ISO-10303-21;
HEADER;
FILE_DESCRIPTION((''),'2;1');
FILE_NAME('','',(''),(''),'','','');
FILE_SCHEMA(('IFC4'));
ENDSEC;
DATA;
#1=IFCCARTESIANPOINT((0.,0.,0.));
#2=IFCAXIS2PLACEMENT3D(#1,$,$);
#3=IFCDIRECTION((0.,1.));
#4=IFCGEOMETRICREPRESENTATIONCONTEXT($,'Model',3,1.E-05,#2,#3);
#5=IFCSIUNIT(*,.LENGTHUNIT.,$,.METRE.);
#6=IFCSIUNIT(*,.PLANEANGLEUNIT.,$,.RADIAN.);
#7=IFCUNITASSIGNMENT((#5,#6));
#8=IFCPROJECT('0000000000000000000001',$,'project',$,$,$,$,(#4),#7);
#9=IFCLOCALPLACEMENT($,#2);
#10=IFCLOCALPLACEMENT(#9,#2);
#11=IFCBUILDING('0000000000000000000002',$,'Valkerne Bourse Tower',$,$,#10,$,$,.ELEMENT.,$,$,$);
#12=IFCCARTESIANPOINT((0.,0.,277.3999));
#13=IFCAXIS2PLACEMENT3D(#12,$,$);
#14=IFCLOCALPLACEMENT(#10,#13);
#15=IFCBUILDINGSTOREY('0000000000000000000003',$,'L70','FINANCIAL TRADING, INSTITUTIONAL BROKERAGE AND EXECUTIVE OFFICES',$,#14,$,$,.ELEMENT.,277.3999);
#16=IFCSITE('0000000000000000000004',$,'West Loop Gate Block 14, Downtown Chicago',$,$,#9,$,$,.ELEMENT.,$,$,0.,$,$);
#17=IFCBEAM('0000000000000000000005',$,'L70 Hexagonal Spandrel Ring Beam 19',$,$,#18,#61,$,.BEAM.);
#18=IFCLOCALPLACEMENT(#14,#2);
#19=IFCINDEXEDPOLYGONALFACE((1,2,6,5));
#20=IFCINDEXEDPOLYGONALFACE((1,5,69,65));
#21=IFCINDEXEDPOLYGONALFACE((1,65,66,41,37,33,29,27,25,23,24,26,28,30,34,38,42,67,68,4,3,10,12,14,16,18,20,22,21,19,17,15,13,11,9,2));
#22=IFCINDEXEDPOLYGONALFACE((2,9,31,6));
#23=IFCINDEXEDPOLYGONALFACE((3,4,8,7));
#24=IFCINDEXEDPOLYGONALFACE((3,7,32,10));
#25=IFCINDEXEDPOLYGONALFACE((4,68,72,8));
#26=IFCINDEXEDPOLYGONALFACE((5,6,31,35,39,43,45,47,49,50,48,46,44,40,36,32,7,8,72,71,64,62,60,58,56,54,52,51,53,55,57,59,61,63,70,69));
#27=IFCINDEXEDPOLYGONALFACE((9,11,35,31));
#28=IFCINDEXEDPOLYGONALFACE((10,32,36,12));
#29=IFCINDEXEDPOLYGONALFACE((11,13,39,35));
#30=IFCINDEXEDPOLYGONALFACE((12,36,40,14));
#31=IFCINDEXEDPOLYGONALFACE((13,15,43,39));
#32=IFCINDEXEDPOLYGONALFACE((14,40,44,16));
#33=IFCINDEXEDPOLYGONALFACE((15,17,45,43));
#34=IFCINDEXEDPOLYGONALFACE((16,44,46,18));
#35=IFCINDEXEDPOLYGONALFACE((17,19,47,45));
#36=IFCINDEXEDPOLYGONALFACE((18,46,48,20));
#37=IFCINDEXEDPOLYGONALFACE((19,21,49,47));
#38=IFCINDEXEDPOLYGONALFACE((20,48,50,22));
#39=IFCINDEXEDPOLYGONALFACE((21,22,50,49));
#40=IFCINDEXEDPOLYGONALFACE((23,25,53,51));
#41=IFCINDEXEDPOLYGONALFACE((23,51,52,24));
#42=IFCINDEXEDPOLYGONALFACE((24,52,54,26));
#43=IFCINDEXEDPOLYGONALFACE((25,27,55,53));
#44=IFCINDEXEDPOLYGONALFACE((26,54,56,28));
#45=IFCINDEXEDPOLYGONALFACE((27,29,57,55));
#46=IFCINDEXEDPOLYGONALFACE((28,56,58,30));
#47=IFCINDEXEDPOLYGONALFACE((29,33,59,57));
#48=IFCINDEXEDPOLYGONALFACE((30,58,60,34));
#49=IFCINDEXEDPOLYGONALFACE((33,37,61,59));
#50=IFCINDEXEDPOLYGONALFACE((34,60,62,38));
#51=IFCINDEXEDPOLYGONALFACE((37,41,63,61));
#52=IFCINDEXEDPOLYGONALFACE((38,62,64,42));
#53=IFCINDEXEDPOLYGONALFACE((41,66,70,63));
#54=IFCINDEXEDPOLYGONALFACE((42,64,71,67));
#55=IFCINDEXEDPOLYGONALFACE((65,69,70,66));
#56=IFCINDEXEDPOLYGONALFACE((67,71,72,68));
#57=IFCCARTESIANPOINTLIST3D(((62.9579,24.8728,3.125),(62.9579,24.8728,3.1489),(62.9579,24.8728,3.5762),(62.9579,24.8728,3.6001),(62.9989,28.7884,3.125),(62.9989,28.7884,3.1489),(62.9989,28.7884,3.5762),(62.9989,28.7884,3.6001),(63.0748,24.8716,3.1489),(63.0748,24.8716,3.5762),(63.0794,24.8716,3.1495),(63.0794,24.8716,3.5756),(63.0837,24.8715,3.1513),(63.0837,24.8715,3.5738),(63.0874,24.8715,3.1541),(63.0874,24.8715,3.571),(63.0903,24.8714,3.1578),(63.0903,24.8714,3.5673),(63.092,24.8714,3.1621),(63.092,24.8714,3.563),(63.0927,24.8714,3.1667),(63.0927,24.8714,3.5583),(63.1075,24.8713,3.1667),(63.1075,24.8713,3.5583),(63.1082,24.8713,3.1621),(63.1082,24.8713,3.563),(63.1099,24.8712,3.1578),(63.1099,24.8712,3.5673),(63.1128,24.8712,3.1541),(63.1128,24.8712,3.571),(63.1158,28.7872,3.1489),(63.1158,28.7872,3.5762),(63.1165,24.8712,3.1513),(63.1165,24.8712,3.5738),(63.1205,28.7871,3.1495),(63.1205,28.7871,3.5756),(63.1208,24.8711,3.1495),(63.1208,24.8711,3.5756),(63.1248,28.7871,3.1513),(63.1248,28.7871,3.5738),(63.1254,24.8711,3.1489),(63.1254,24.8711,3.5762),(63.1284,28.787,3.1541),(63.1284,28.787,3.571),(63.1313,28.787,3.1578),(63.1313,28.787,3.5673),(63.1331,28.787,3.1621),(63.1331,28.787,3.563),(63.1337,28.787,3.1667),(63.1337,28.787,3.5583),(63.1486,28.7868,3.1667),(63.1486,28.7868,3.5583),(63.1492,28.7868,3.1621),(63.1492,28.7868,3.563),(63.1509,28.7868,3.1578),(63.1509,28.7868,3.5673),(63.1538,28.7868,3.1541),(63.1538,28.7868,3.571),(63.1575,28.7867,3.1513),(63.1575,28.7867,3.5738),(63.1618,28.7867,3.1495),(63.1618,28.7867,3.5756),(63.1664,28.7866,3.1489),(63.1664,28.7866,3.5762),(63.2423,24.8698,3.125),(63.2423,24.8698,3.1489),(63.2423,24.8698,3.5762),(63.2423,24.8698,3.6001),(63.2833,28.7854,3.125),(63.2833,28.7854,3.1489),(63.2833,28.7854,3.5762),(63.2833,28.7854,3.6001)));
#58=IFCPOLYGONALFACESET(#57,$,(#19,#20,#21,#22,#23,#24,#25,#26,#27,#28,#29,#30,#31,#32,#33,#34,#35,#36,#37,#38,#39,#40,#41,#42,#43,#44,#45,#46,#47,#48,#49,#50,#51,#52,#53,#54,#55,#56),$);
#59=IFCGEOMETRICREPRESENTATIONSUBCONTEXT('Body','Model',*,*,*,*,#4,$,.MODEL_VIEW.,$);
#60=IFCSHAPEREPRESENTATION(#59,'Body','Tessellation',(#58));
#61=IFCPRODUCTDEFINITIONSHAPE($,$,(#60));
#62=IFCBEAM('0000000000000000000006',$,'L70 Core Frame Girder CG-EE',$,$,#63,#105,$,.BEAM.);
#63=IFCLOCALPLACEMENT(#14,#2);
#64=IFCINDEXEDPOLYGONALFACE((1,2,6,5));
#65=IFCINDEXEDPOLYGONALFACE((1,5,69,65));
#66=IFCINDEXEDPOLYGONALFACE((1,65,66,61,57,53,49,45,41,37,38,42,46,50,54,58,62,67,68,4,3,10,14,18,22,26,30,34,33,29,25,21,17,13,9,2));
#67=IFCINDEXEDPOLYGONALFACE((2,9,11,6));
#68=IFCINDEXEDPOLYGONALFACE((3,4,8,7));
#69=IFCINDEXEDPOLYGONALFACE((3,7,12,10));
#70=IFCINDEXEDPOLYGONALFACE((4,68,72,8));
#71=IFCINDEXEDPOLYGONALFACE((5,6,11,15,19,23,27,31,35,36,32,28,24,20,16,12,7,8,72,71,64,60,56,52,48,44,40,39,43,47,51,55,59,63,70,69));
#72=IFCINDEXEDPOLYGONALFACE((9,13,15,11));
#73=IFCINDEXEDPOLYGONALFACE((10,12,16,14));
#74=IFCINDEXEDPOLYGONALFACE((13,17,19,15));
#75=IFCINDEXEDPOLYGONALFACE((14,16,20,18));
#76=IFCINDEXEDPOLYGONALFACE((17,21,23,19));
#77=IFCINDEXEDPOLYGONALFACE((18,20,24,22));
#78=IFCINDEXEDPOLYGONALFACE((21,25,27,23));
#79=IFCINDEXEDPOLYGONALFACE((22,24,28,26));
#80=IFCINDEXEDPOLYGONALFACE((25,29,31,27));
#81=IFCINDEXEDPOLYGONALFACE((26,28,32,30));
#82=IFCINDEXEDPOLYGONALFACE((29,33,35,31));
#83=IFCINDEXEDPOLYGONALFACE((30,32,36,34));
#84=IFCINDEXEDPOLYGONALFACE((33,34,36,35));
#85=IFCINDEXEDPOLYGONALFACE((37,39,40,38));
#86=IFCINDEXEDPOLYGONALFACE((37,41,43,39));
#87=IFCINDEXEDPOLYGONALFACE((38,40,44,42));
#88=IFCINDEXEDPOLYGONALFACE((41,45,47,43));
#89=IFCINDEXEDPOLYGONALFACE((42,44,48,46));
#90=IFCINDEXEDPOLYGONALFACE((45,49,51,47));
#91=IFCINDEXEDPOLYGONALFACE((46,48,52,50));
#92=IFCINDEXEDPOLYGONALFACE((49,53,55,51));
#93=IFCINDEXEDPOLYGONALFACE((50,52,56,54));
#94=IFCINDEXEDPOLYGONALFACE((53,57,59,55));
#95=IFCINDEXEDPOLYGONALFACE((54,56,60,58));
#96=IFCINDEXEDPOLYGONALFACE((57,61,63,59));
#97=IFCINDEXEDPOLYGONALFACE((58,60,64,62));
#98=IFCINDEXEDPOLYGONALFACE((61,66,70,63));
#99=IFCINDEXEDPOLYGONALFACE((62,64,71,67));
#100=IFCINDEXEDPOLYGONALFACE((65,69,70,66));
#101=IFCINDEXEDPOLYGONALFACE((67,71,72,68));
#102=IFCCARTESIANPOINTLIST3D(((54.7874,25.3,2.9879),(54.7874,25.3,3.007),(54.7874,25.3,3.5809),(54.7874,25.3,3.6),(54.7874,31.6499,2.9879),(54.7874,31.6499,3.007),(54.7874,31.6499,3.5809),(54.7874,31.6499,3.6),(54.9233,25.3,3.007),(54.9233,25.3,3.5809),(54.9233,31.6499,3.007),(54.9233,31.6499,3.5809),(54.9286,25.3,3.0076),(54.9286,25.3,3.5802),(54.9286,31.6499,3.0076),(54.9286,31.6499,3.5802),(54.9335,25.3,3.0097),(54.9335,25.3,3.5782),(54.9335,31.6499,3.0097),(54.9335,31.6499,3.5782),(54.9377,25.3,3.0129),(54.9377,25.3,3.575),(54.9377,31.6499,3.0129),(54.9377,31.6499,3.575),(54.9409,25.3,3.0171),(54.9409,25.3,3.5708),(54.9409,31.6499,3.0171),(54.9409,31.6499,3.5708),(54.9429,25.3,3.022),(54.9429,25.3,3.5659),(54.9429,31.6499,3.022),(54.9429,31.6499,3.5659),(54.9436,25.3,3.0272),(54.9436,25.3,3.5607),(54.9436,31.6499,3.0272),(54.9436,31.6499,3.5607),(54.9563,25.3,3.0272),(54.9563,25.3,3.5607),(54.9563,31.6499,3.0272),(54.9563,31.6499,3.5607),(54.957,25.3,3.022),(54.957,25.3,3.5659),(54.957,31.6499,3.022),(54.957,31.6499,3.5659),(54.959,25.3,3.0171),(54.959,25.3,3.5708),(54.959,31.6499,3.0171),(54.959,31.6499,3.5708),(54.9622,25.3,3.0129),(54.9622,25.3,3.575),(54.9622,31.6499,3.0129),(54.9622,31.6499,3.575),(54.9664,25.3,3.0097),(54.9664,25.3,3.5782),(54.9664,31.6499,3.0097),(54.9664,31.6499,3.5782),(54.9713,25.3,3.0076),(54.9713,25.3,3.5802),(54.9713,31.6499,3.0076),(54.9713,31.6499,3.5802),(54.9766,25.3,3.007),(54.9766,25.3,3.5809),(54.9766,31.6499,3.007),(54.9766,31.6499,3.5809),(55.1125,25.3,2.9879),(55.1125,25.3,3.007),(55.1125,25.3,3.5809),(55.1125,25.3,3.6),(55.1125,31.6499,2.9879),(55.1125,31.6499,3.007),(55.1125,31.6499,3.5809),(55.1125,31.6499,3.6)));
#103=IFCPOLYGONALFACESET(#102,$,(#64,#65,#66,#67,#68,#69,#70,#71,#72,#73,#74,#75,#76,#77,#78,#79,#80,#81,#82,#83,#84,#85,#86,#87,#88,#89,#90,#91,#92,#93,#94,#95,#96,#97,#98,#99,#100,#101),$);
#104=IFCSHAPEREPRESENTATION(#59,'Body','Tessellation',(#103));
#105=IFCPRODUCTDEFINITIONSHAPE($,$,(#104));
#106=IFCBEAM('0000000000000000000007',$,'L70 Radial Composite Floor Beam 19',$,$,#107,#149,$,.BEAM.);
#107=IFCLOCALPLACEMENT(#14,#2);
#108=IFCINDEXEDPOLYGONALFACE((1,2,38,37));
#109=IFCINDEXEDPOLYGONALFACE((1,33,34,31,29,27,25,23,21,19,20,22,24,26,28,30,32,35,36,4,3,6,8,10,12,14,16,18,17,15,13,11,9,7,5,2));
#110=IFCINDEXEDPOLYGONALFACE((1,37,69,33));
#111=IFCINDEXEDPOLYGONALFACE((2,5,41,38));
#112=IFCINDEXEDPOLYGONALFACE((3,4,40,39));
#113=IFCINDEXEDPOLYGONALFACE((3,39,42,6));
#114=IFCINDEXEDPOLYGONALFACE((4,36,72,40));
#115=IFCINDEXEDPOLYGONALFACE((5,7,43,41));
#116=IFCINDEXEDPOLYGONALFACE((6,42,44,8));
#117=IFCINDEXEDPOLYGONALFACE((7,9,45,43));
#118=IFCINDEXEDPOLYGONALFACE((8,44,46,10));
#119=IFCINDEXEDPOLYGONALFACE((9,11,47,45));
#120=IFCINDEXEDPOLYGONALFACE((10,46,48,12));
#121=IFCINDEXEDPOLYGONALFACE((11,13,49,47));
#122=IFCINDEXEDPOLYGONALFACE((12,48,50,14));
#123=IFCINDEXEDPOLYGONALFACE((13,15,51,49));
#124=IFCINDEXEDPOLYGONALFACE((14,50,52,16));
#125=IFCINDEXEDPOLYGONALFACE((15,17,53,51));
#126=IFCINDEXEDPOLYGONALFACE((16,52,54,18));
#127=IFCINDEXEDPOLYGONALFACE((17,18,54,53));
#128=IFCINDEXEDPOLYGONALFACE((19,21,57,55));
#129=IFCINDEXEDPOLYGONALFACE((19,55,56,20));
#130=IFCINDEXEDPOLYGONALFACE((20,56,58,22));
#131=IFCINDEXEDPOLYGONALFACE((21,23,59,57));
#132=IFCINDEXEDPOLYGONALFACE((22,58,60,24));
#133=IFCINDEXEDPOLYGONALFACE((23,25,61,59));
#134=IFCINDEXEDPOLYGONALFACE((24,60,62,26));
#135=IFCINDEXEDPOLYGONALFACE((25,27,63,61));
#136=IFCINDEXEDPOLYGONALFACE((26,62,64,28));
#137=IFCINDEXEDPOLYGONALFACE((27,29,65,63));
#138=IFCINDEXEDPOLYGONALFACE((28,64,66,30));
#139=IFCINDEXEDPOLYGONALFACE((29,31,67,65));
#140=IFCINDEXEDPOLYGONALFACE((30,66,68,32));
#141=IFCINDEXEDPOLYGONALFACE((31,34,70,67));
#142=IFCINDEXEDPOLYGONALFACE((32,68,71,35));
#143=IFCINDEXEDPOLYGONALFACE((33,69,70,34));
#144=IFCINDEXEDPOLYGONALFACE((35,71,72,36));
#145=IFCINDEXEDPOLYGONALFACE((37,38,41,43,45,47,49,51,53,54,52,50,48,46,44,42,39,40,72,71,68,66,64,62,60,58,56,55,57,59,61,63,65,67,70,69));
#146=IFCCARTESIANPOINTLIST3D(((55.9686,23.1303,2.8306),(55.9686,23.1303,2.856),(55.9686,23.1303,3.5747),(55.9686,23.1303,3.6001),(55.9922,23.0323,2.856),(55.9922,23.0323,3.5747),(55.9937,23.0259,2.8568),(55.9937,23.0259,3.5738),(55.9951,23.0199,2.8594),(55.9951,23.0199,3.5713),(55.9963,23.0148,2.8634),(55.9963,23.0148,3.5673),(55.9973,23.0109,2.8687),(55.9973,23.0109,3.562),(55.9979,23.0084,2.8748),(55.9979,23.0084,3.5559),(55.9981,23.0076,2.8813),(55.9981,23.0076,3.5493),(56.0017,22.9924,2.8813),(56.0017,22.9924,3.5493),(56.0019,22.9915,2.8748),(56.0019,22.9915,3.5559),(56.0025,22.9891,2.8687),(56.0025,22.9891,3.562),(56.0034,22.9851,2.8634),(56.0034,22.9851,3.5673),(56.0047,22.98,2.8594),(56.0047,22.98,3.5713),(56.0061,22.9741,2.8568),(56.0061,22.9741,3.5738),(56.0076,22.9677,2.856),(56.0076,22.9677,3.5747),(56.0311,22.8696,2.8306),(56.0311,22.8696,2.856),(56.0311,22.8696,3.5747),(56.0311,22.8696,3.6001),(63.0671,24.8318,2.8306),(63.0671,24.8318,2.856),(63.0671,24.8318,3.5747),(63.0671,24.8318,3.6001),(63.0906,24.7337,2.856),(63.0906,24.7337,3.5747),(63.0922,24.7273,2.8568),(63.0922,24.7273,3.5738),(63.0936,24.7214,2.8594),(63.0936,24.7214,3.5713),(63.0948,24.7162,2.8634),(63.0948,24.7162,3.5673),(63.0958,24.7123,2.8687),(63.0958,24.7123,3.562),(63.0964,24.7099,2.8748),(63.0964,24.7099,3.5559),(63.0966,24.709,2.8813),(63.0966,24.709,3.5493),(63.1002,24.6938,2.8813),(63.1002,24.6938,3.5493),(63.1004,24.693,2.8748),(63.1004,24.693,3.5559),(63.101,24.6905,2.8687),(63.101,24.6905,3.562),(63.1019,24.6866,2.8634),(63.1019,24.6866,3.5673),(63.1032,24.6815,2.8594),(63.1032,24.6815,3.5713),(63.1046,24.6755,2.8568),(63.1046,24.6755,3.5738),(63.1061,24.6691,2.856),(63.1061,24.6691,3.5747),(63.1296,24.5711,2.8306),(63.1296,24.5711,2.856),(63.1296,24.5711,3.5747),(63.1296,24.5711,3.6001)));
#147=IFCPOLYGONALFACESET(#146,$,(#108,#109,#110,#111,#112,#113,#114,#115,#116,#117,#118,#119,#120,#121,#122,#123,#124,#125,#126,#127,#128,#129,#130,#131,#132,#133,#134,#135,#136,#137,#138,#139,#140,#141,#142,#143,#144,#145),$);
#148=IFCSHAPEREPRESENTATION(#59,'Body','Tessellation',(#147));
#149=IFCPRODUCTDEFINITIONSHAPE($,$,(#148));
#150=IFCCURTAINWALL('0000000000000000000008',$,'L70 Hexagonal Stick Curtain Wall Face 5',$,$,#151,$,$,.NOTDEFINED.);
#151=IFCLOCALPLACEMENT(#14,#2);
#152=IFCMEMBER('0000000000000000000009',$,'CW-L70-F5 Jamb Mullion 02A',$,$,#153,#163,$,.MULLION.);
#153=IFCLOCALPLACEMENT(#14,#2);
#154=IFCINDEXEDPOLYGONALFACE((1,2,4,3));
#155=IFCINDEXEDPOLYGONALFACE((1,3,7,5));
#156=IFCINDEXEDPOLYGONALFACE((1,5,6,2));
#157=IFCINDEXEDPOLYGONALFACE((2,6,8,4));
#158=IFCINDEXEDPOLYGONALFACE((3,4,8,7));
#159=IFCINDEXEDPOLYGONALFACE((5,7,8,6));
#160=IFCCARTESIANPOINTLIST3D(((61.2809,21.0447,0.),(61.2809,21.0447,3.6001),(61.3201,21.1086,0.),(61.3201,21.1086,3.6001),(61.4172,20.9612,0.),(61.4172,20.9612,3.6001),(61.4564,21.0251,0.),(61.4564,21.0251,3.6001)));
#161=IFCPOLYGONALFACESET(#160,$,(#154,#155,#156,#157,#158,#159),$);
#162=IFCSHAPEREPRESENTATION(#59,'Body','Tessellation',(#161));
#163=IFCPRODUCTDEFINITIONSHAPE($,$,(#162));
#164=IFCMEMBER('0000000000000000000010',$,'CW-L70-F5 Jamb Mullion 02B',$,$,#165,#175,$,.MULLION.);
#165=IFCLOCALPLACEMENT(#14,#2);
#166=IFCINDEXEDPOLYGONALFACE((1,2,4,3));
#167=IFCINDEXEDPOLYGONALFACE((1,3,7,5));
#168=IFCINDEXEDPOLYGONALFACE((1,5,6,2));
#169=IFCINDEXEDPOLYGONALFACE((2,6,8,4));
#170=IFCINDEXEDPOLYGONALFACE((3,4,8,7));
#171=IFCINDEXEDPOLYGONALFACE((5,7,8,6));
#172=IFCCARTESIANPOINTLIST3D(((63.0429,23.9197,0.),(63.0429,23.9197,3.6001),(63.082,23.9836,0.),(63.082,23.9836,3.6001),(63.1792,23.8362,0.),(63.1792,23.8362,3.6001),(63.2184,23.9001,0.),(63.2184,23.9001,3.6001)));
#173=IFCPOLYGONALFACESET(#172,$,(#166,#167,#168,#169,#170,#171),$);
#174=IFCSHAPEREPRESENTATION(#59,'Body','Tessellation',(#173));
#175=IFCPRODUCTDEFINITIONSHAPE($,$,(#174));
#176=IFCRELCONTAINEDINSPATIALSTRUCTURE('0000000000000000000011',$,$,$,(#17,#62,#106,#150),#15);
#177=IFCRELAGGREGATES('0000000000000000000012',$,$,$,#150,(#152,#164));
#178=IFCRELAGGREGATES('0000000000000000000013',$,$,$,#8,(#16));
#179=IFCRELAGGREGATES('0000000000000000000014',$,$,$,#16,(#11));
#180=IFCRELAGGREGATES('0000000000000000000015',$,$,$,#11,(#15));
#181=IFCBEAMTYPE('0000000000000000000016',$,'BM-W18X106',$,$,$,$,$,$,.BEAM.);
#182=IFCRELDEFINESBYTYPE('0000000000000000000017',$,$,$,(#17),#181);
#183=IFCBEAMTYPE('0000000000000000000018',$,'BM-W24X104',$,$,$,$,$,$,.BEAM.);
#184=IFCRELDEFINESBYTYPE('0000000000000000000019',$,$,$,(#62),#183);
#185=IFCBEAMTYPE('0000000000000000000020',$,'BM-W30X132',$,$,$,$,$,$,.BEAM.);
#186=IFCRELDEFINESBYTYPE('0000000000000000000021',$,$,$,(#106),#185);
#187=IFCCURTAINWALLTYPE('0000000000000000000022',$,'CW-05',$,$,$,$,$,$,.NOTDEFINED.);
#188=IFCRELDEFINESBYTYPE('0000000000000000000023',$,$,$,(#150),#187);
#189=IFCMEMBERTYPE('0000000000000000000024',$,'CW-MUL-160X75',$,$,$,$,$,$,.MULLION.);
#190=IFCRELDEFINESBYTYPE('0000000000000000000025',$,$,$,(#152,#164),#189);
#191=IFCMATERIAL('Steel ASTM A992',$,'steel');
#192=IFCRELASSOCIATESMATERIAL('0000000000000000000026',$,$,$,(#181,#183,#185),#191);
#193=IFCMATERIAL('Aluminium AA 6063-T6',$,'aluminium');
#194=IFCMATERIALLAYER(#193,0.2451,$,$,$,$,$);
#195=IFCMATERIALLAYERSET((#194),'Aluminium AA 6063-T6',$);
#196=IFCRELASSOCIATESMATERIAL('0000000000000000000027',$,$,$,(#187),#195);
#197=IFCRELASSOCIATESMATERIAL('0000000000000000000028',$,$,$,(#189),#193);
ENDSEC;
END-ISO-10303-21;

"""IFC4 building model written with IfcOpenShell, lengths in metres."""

from ifc_helpers import new_model, si_unit, direction, frame, origin, origin_2d, place, context, subcontext, project, spatial, rectangle, i_section, extrude, material, layer, layer_set, material_profile, profile_set, type_object, element, aggregate, save


model = new_model("IFC4")

# Units and contexts
model_context = context("Model", 3, precision=1e-05, world=origin(), true_north=direction((0.0, 1.0)))
body_context = subcontext(model_context, "Body", "Model", "MODEL_VIEW")
ifc_project = project(units=[si_unit("LENGTHUNIT", "METRE"), si_unit("PLANEANGLEUNIT", "RADIAN")], contexts=[model_context])

# Site, building, storey
site_placement = place(None, origin())
site = spatial("IfcSite", under=ifc_project, at=site_placement, Name="West Loop Gate Block 14, Downtown Chicago", CompositionType="ELEMENT", RefElevation=0.0)
building_placement = place(site_placement, origin())
building = spatial("IfcBuilding", under=site, at=building_placement, Name="Valkerne Bourse Tower", CompositionType="ELEMENT")
storey_placement = place(building_placement, frame((0.0, 0.0, 277.3999)))
storey = spatial("IfcBuildingStorey", under=building, at=storey_placement, Name="L70", Description="FINANCIAL TRADING, INSTITUTIONAL BROKERAGE AND EXECUTIVE OFFICES", CompositionType="ELEMENT", Elevation=277.3999)

# Beams
ifc_material_1 = material(Name="Steel ASTM A992", Category="steel")
ifc_material_profile_1 = material_profile(ifc_material_1, i_section(OverallWidth=0.2844, OverallDepth=0.4751, WebThickness=0.0149, FlangeThickness=0.0239, FilletRadius=0.0178, at=origin_2d()), Name="W18X106")
ifc_profile_set_1 = profile_set([ifc_material_profile_1], Name="Steel ASTM A992")
beam_type_1 = type_object("IfcBeamType", Name="BM-W18X106", PredefinedType="BEAM", material=ifc_profile_set_1)
beam_1_placement = place(storey_placement, frame((63.1001, 24.8713, 3.3625), z_axis=(0.010475, 0.999945, 0.0), x_axis=(-0.999945, 0.010475, 0.0)))
element("IfcBeam", 1, at=beam_1_placement, inside=storey, type_object=beam_type_1, Name="L70 Hexagonal Spandrel Ring Beam 19", PredefinedType="BEAM", context=body_context, shape_type="SweptSolid", body=[
    extrude(i_section(OverallWidth=0.2844, OverallDepth=0.4751, WebThickness=0.0149, FlangeThickness=0.0239, FilletRadius=0.0178, at=origin_2d()), origin(), (0.0, 0.0, 1.0), 3.9158),
])
ifc_material_profile_2 = material_profile(ifc_material_1, i_section(OverallWidth=0.3252, OverallDepth=0.6121, WebThickness=0.0127, FlangeThickness=0.019, FilletRadius=0.0203, at=origin_2d()), Name="W24X104")
ifc_profile_set_2 = profile_set([ifc_material_profile_2], Name="Steel ASTM A992")
beam_type_2 = type_object("IfcBeamType", Name="BM-W24X104", PredefinedType="BEAM", material=ifc_profile_set_2)
beam_2_placement = place(storey_placement, frame((54.95, 25.3, 3.2939), z_axis=(0.0, 1.0, 0.0), x_axis=(-1.0, 0.0, 0.0)))
element("IfcBeam", 2, at=beam_2_placement, inside=storey, type_object=beam_type_2, Name="L70 Core Frame Girder CG-EE", PredefinedType="BEAM", context=body_context, shape_type="SweptSolid", body=[
    extrude(i_section(OverallWidth=0.3252, OverallDepth=0.6121, WebThickness=0.0127, FlangeThickness=0.019, FilletRadius=0.0203, at=origin_2d()), origin(), (0.0, 0.0, 1.0), 6.3499),
])
ifc_material_profile_3 = material_profile(ifc_material_1, i_section(OverallWidth=0.2681, OverallDepth=0.7695, WebThickness=0.0156, FlangeThickness=0.0254, FilletRadius=0.0254, at=origin_2d()), Name="W30X132")
ifc_profile_set_3 = profile_set([ifc_material_profile_3], Name="Steel ASTM A992")
beam_type_3 = type_object("IfcBeamType", Name="BM-W30X132", PredefinedType="BEAM", material=ifc_profile_set_3)
beam_3_placement = place(storey_placement, frame((63.0984, 24.7014, 3.2153), z_axis=(-0.972456, -0.233088, 0.0), x_axis=(0.233088, -0.972456, 0.0)))
element("IfcBeam", 3, at=beam_3_placement, inside=storey, type_object=beam_type_3, Name="L70 Radial Composite Floor Beam 19", PredefinedType="BEAM", context=body_context, shape_type="SweptSolid", body=[
    extrude(i_section(OverallWidth=0.2681, OverallDepth=0.7695, WebThickness=0.0156, FlangeThickness=0.0254, FilletRadius=0.0254, at=origin_2d()), origin(), (0.0, 0.0, 1.0), 7.2996),
])

# Curtain wall, members
ifc_material_2 = material(Name="Aluminium AA 6063-T6", Category="aluminium")
ifc_layer_1 = layer(ifc_material_2, 0.2451)
ifc_layer_set_1 = layer_set([ifc_layer_1], Name="Aluminium AA 6063-T6")
curtain_wall_type = type_object("IfcCurtainWallType", Name="CW-05", PredefinedType="NOTDEFINED", material=ifc_layer_set_1)
curtain_wall_placement = place(storey_placement, origin())
curtain_wall = element("IfcCurtainWall", 4, at=curtain_wall_placement, inside=storey, type_object=curtain_wall_type, Name="L70 Hexagonal Stick Curtain Wall Face 5", PredefinedType="NOTDEFINED")
ifc_material_profile_4 = material_profile(ifc_material_2, rectangle(XDim=0.075, YDim=0.1599, at=origin_2d()), Name="CWM-75X160")
ifc_profile_set_4 = profile_set([ifc_material_profile_4], Name="Aluminium AA 6063-T6")
member_type_1 = type_object("IfcMemberType", Name="CW-MUL-160X75", PredefinedType="MULLION", material=ifc_profile_set_4)
member_1_placement = place(storey_placement, frame((61.3687, 21.0349, 0.0), z_axis=(0.0, 0.0, 1.0), x_axis=(0.522496, 0.852642, 0.0)))
member_1 = element("IfcMember", 5, at=member_1_placement, type_object=member_type_1, Name="CW-L70-F5 Jamb Mullion 02A", PredefinedType="MULLION", context=body_context, shape_type="SweptSolid", body=[
    extrude(rectangle(XDim=0.075, YDim=0.1599, at=origin_2d()), origin(), (0.0, 0.0, 1.0), 3.6001),
])
member_2_placement = place(storey_placement, frame((63.1306, 23.9099, 0.0), z_axis=(0.0, 0.0, 1.0), x_axis=(0.522496, 0.852642, 0.0)))
member_2 = element("IfcMember", 6, at=member_2_placement, type_object=member_type_1, Name="CW-L70-F5 Jamb Mullion 02B", PredefinedType="MULLION", context=body_context, shape_type="SweptSolid", body=[
    extrude(rectangle(XDim=0.075, YDim=0.1599, at=origin_2d()), origin(), (0.0, 0.0, 1.0), 3.6001),
])

aggregate(curtain_wall, [member_1, member_2])

save(model, "model.ifc")
